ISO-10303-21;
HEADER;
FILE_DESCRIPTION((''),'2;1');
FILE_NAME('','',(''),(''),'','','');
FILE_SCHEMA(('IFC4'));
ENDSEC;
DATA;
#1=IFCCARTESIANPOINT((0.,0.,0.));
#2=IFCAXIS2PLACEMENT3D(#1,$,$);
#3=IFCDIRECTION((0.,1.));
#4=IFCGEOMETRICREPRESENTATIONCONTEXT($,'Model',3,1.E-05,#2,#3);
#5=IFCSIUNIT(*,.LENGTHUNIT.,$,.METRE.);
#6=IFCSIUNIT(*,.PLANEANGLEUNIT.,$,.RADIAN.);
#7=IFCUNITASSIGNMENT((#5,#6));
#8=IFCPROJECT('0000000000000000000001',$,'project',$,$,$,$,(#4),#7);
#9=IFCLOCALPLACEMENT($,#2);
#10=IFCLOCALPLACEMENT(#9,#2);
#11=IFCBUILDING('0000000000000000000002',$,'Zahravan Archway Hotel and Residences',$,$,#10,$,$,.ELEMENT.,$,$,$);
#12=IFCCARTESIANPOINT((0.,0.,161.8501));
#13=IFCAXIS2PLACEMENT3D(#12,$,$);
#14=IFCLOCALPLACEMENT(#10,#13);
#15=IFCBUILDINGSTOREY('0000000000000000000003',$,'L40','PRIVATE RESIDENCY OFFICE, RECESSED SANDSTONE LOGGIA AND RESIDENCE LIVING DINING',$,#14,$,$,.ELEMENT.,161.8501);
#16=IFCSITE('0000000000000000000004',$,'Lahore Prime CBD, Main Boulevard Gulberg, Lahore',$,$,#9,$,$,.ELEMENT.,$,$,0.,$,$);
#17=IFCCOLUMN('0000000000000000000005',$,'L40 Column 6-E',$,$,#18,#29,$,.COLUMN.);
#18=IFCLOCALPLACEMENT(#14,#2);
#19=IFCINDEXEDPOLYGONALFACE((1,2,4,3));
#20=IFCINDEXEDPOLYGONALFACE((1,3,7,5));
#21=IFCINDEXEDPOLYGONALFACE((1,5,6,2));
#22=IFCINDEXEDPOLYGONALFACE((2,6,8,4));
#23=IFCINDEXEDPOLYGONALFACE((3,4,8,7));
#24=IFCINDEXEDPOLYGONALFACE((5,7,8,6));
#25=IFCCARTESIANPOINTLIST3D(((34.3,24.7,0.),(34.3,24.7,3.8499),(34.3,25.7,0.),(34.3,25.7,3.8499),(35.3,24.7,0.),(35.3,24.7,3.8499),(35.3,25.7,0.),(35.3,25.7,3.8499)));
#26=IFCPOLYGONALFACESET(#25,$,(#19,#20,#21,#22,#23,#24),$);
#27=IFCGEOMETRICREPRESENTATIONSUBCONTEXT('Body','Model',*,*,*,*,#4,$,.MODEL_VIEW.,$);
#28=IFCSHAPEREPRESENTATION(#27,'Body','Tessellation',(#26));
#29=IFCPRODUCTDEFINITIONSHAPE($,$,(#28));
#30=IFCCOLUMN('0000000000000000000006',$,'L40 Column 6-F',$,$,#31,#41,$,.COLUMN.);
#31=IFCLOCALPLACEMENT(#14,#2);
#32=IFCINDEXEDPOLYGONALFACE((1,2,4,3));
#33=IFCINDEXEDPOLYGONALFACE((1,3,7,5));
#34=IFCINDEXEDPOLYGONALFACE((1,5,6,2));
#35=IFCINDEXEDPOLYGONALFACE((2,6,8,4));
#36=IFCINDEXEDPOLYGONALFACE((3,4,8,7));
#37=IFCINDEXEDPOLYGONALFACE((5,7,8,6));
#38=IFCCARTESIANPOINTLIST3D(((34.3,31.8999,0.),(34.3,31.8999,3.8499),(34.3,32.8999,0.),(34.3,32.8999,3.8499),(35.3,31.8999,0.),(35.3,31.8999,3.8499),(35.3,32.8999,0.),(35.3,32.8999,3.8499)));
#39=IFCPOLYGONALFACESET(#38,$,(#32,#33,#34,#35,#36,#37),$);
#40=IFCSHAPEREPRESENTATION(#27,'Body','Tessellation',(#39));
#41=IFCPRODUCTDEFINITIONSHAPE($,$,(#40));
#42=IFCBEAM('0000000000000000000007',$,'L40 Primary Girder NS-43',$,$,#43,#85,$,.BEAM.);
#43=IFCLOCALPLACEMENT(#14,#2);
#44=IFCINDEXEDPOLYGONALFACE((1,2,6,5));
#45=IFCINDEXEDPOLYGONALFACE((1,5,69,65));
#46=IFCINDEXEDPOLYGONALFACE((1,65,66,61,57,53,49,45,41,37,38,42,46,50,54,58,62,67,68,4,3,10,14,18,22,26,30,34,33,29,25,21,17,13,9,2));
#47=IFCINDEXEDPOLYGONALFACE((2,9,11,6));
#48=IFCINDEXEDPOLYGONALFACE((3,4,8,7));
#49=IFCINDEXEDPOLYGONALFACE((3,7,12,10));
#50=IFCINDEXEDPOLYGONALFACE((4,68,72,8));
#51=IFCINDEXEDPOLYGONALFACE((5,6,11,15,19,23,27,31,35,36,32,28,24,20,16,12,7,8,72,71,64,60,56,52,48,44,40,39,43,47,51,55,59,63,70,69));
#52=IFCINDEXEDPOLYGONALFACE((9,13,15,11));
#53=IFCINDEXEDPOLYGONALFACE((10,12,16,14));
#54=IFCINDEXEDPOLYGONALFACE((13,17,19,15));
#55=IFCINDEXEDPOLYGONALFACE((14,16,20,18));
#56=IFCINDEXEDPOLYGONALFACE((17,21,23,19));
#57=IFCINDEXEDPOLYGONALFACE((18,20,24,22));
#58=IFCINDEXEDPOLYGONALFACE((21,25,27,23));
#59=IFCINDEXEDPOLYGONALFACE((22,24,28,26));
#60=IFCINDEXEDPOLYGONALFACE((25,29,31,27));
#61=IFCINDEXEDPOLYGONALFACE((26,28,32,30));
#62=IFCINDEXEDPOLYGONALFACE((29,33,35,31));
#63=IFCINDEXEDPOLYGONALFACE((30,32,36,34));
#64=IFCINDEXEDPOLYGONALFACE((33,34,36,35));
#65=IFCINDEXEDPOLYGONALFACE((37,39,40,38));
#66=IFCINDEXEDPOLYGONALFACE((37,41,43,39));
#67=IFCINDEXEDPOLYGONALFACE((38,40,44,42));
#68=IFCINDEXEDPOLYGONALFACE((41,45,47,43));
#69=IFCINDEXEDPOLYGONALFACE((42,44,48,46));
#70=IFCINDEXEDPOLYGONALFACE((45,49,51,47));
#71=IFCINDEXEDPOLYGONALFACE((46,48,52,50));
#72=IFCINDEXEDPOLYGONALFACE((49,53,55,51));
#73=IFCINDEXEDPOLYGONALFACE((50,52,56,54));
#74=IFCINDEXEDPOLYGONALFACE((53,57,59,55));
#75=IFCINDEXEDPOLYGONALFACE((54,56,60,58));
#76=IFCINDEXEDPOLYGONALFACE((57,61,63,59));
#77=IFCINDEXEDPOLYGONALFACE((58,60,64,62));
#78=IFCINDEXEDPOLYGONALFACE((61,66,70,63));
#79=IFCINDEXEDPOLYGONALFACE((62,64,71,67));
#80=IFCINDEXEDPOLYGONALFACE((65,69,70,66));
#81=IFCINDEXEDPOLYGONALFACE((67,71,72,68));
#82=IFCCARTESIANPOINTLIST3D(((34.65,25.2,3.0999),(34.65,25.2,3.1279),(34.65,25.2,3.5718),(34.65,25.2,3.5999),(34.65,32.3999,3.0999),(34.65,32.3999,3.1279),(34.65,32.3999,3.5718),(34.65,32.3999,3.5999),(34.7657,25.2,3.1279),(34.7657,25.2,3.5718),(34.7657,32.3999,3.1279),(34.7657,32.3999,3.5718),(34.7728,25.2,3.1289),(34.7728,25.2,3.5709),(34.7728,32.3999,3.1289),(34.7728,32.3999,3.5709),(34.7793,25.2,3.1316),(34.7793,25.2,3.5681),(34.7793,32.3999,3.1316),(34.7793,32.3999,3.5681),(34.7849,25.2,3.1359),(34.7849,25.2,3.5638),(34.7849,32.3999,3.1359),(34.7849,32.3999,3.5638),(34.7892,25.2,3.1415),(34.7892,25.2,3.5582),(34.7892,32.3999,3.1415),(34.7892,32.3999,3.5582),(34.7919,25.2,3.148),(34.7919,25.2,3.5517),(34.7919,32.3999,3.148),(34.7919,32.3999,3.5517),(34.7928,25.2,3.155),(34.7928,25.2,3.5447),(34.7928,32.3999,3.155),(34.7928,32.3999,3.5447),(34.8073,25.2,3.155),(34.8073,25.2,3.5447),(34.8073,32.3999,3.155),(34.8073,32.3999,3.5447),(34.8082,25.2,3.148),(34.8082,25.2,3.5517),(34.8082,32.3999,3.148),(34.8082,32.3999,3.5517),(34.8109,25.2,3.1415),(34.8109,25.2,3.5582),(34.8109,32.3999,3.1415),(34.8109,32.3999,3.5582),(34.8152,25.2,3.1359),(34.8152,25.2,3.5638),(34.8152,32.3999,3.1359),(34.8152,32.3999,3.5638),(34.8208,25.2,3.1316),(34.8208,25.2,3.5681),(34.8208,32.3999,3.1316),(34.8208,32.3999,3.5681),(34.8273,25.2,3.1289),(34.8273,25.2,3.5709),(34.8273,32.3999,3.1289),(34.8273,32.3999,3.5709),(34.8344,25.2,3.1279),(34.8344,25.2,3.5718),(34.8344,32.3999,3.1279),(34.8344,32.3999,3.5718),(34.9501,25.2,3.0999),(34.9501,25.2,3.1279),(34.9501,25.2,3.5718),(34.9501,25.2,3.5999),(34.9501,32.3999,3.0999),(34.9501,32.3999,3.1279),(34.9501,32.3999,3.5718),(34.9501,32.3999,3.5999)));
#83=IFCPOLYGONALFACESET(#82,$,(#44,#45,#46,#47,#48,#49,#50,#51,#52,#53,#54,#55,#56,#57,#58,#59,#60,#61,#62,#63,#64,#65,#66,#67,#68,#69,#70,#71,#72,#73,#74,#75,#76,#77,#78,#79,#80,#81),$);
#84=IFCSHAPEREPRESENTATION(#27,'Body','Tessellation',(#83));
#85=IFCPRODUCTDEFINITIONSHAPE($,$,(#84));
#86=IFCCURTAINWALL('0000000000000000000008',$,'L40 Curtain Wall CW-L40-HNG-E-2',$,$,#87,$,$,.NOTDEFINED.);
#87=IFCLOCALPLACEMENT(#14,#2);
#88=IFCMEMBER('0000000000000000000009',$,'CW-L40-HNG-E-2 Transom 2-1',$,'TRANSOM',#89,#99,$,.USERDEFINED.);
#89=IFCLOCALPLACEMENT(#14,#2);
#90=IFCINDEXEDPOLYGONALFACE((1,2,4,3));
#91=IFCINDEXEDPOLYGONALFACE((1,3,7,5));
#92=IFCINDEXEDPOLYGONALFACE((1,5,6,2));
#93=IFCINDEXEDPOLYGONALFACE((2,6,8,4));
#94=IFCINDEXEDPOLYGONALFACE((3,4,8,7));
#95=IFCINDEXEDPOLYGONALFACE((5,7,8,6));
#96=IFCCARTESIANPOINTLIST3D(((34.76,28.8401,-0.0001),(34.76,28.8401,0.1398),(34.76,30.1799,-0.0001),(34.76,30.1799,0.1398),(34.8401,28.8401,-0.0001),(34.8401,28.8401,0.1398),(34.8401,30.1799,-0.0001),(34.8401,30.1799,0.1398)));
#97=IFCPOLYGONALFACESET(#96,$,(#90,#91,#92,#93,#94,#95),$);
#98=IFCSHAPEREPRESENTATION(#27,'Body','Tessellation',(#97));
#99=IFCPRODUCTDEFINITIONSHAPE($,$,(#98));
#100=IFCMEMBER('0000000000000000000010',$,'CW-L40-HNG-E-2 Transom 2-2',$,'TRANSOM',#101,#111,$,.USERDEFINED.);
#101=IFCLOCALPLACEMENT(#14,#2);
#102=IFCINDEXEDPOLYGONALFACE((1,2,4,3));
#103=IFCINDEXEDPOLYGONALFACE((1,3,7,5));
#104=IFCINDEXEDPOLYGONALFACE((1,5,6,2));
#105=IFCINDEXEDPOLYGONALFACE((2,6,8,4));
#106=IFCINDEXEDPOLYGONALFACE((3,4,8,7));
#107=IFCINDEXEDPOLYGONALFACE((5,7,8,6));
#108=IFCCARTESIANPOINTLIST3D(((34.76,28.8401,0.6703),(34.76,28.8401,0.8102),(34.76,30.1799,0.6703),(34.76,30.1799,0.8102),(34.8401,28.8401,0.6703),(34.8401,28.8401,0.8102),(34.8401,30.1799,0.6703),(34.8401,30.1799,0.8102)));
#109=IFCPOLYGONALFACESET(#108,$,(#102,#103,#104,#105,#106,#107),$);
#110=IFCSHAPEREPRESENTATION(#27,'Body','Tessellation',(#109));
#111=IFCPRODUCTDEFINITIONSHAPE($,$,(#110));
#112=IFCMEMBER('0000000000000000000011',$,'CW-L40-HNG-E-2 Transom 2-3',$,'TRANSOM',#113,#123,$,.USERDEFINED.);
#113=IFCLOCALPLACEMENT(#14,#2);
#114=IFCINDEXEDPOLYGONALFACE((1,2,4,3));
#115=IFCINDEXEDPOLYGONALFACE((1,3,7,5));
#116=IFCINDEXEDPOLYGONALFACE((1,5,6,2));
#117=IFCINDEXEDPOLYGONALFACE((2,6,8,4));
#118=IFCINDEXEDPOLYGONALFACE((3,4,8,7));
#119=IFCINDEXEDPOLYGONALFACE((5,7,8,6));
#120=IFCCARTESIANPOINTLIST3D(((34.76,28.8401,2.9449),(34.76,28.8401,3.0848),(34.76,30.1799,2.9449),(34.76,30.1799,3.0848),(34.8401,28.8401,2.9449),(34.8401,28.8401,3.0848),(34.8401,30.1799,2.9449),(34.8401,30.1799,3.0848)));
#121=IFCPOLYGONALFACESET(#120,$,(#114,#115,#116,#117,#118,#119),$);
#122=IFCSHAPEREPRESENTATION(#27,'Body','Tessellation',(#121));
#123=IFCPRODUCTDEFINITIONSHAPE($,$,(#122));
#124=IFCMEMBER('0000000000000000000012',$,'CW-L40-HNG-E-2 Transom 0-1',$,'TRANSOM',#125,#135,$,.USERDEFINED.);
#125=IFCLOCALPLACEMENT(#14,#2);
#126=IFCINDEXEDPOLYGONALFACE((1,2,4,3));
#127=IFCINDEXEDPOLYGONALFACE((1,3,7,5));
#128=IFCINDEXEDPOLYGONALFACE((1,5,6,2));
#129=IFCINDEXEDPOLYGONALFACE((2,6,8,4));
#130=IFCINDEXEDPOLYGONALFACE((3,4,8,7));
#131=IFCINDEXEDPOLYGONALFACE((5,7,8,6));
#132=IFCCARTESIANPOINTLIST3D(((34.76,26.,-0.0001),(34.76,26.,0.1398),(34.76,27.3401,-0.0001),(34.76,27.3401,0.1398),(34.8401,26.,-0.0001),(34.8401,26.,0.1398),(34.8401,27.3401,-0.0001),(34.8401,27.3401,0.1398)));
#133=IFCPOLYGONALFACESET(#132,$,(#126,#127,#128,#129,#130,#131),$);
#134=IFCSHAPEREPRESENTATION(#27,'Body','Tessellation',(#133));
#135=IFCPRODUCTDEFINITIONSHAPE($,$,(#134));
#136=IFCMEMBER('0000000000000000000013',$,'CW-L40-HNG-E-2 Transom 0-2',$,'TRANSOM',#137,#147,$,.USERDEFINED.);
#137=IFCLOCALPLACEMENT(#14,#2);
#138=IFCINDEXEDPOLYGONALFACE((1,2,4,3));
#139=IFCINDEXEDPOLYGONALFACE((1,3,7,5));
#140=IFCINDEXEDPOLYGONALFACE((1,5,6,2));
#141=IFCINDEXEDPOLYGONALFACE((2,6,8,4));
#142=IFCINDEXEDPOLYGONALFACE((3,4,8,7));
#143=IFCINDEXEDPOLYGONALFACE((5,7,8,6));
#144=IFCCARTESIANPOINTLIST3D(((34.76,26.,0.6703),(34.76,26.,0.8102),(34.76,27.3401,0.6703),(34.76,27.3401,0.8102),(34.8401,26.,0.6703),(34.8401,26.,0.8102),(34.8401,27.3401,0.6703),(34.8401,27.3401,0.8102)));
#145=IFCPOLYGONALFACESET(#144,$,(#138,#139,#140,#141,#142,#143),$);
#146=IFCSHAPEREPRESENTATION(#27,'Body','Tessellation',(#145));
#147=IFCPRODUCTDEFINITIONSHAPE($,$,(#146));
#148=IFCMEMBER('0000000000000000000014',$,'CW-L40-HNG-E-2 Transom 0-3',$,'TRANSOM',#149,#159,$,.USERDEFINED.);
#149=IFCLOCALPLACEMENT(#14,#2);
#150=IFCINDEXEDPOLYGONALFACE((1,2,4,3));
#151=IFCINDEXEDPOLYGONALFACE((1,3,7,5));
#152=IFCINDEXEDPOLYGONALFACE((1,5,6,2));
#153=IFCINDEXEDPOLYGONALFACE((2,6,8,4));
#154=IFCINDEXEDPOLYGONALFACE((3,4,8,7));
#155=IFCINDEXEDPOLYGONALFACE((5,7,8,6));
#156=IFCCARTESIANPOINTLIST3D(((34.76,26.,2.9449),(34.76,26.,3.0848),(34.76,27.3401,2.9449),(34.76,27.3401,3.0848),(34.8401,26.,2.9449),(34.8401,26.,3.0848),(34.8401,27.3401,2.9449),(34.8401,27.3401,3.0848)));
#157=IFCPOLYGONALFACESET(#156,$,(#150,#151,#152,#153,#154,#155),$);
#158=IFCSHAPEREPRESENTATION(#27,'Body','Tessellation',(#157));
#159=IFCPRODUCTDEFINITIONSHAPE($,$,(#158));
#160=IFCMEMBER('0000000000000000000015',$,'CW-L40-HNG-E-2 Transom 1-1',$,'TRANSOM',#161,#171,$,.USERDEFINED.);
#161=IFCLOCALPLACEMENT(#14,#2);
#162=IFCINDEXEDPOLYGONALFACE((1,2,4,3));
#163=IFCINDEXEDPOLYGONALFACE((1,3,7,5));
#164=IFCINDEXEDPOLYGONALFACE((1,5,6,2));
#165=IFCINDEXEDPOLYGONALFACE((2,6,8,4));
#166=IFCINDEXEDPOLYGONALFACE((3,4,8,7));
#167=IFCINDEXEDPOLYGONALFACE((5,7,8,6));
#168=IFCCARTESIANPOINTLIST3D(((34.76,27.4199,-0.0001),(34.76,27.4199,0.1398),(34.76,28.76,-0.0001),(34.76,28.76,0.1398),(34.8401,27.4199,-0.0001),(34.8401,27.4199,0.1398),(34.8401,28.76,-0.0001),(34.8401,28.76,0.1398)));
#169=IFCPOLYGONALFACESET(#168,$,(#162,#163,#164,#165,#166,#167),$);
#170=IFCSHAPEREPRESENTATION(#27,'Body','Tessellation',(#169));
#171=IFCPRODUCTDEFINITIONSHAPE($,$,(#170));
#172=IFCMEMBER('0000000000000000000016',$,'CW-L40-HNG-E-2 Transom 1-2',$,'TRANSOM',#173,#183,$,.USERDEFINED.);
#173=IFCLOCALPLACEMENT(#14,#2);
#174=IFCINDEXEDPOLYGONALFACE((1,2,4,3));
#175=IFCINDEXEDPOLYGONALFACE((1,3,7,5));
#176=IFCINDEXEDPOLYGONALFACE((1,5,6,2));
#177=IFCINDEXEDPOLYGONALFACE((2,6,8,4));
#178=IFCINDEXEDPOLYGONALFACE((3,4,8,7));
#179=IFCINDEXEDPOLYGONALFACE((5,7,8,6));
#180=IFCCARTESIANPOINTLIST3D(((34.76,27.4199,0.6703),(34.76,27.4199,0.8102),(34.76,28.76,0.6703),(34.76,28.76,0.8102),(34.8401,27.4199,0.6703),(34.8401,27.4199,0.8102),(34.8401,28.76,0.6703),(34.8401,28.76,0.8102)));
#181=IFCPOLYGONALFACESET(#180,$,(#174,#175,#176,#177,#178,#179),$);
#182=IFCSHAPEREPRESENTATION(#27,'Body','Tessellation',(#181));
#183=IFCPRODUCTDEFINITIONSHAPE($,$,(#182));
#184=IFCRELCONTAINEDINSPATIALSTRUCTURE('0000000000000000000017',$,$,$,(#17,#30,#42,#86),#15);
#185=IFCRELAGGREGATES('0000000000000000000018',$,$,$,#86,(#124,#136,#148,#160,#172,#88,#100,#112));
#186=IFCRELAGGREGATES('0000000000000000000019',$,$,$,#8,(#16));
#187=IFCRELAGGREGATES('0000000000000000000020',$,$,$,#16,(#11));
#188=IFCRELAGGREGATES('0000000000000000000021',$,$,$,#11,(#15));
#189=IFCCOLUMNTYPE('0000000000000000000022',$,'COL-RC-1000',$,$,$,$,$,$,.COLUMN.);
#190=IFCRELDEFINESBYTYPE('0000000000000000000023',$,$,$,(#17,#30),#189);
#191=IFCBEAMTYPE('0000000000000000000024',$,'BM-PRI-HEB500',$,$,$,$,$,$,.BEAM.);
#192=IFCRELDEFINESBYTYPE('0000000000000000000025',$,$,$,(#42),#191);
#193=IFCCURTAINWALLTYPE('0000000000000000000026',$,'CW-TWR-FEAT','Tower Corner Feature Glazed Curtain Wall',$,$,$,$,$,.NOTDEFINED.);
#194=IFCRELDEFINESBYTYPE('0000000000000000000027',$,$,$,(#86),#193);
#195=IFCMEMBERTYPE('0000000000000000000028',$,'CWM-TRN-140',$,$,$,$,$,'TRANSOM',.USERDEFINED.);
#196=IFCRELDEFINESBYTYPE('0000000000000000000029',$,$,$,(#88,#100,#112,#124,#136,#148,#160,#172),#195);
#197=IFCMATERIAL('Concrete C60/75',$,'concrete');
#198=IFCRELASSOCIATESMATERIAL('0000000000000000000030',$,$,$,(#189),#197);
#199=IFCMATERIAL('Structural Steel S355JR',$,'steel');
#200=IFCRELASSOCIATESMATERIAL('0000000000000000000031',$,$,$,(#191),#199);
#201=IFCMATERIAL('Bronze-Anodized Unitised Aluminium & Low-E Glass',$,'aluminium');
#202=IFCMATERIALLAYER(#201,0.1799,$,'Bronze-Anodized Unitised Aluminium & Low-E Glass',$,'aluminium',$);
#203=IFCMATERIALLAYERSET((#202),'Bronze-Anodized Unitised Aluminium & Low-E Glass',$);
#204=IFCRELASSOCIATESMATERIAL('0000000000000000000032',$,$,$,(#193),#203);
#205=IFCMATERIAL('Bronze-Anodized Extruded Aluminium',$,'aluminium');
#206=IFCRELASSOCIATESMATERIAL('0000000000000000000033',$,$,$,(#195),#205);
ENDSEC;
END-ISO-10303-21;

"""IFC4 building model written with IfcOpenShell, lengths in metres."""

from ifc_helpers import new_model, si_unit, direction, frame, origin, origin_2d, place, context, subcontext, project, spatial, rectangle, i_section, extrude, source, transform, mapped, material, layer, layer_set, material_profile, profile_set, type_object, element, aggregate, save


model = new_model("IFC4")

# Units and contexts
model_context = context("Model", 3, precision=1e-05, world=origin(), true_north=direction((0.0, 1.0)))
body_context = subcontext(model_context, "Body", "Model", "MODEL_VIEW")
ifc_project = project(units=[si_unit("LENGTHUNIT", "METRE"), si_unit("PLANEANGLEUNIT", "RADIAN")], contexts=[model_context])

# Site, building, storey
site_placement = place(None, origin())
site = spatial("IfcSite", under=ifc_project, at=site_placement, Name="Lahore Prime CBD, Main Boulevard Gulberg, Lahore", CompositionType="ELEMENT", RefElevation=0.0)
building_placement = place(site_placement, origin())
building = spatial("IfcBuilding", under=site, at=building_placement, Name="Zahravan Archway Hotel and Residences", CompositionType="ELEMENT")
storey_placement = place(building_placement, frame((0.0, 0.0, 161.8501)))
storey = spatial("IfcBuildingStorey", under=building, at=storey_placement, Name="L40", Description="PRIVATE RESIDENCY OFFICE, RECESSED SANDSTONE LOGGIA AND RESIDENCE LIVING DINING", CompositionType="ELEMENT", Elevation=161.8501)

# Columns
ifc_material_1 = material(Name="Concrete C60/75", Category="concrete")
ifc_material_profile_1 = material_profile(ifc_material_1, rectangle(XDim=1.0, YDim=1.0, at=origin_2d()), Name="RC-COL-1000x1000", Category="concrete")
ifc_profile_set_1 = profile_set([ifc_material_profile_1], Name="Concrete C60/75")
column_type = type_object("IfcColumnType", Name="COL-RC-1000", PredefinedType="COLUMN", material=ifc_profile_set_1)
shared_shape_1 = source(origin(), body_context, "Body", "SweptSolid", [
    extrude(rectangle(XDim=1.0, YDim=1.0, at=origin_2d()), origin(), (0.0, 0.0, 1.0), 3.8499),
])
for number, where, z_axis, x_axis, name in (
    (1, (34.8, 25.2, 0.0), (0.0, 0.0, 1.0), (1.0, 0.0, 0.0), "L40 Column 6-E"),
    (2, (34.8, 32.3999, 0.0), (0.0, 0.0, 1.0), (1.0, 0.0, 0.0), "L40 Column 6-F"),
):
    element("IfcColumn", number, at=place(storey_placement, frame(where, z_axis=z_axis, x_axis=x_axis)), inside=storey, type_object=column_type, Name=name, PredefinedType="COLUMN", context=body_context, shape_type="MappedRepresentation", body=[
        mapped(shared_shape_1, transform((0.0, 0.0, 0.0), scale=1.0)),
    ])

# Beam
ifc_material_2 = material(Name="Structural Steel S355JR", Category="steel")
ifc_material_profile_2 = material_profile(ifc_material_2, i_section(OverallWidth=0.3, OverallDepth=0.5, WebThickness=0.0144, FlangeThickness=0.0281, FilletRadius=0.0271, at=origin_2d()), Name="HEB 500", Category="steel")
ifc_profile_set_2 = profile_set([ifc_material_profile_2], Name="Structural Steel S355JR")
beam_type = type_object("IfcBeamType", Name="BM-PRI-HEB500", PredefinedType="BEAM", material=ifc_profile_set_2)
shared_shape_2 = source(origin(), body_context, "Body", "SweptSolid", [
    extrude(i_section(OverallWidth=0.3, OverallDepth=0.5, WebThickness=0.0144, FlangeThickness=0.0281, FilletRadius=0.0271, at=origin_2d()), origin(), (0.0, 0.0, 1.0), 7.2),
])
beam_placement = place(storey_placement, frame((34.8, 25.2, 3.3499), z_axis=(0.0, 1.0, 0.0), x_axis=(-1.0, 0.0, 0.0)))
element("IfcBeam", 3, at=beam_placement, inside=storey, type_object=beam_type, Name="L40 Primary Girder NS-43", PredefinedType="BEAM", context=body_context, shape_type="MappedRepresentation", body=[
    mapped(shared_shape_2, transform((0.0, 0.0, 0.0), scale=1.0)),
])

# Curtain wall, members
ifc_material_3 = material(Name="Bronze-Anodized Unitised Aluminium & Low-E Glass", Category="aluminium")
ifc_layer_1 = layer(ifc_material_3, 0.1799, Name="Bronze-Anodized Unitised Aluminium & Low-E Glass", Category="aluminium")
ifc_layer_set_1 = layer_set([ifc_layer_1], Name="Bronze-Anodized Unitised Aluminium & Low-E Glass")
curtain_wall_type = type_object("IfcCurtainWallType", Name="CW-TWR-FEAT", Description="Tower Corner Feature Glazed Curtain Wall", PredefinedType="NOTDEFINED", material=ifc_layer_set_1)
curtain_wall_1_placement = place(storey_placement, origin())
curtain_wall_1 = element("IfcCurtainWall", 4, at=curtain_wall_1_placement, inside=storey, type_object=curtain_wall_type, Name="L40 Curtain Wall CW-L40-HNG-E-2", PredefinedType="NOTDEFINED")
ifc_material_4 = material(Name="Bronze-Anodized Extruded Aluminium", Category="aluminium")
ifc_material_profile_3 = material_profile(ifc_material_4, rectangle(XDim=0.0801, YDim=0.1399, at=origin_2d()), Name="TRN 80x140", Category="aluminium")
ifc_profile_set_3 = profile_set([ifc_material_profile_3], Name="Bronze-Anodized Extruded Aluminium")
member_type_1 = type_object("IfcMemberType", Name="CWM-TRN-140", ElementType="TRANSOM", PredefinedType="USERDEFINED", material=ifc_profile_set_3)
shared_shape_3 = source(origin(), body_context, "Body", "SweptSolid", [
    extrude(rectangle(XDim=0.0801, YDim=0.1399, at=origin_2d()), origin(), (0.0, 0.0, 1.0), 1.3398),
])
member_1_placement = place(storey_placement, frame((34.8, 28.8401, 0.0698), z_axis=(0.0, 1.0, 0.0), x_axis=(-1.0, 0.0, 0.0)))
member_1 = element("IfcMember", 5, at=member_1_placement, type_object=member_type_1, Name="CW-L40-HNG-E-2 Transom 2-1", ObjectType="TRANSOM", PredefinedType="USERDEFINED", context=body_context, shape_type="MappedRepresentation", body=[
    mapped(shared_shape_3, transform((0.0, 0.0, 0.0), scale=1.0)),
])
member_2_placement = place(storey_placement, frame((34.8, 28.8401, 0.7402), z_axis=(0.0, 1.0, 0.0), x_axis=(-1.0, 0.0, 0.0)))
member_2 = element("IfcMember", 6, at=member_2_placement, type_object=member_type_1, Name="CW-L40-HNG-E-2 Transom 2-2", ObjectType="TRANSOM", PredefinedType="USERDEFINED", context=body_context, shape_type="MappedRepresentation", body=[
    mapped(shared_shape_3, transform((0.0, 0.0, 0.0), scale=1.0)),
])
member_3_placement = place(storey_placement, frame((34.8, 28.8401, 3.0149), z_axis=(0.0, 1.0, 0.0), x_axis=(-1.0, 0.0, 0.0)))
member_3 = element("IfcMember", 7, at=member_3_placement, type_object=member_type_1, Name="CW-L40-HNG-E-2 Transom 2-3", ObjectType="TRANSOM", PredefinedType="USERDEFINED", context=body_context, shape_type="MappedRepresentation", body=[
    mapped(shared_shape_3, transform((0.0, 0.0, 0.0), scale=1.0)),
])
shared_shape_4 = source(origin(), body_context, "Body", "SweptSolid", [
    extrude(rectangle(XDim=0.0801, YDim=0.1399, at=origin_2d()), origin(), (0.0, 0.0, 1.0), 1.3401),
])
member_4_placement = place(storey_placement, frame((34.8, 26.0, 0.0698), z_axis=(0.0, 1.0, 0.0), x_axis=(-1.0, 0.0, 0.0)))
member_4 = element("IfcMember", 8, at=member_4_placement, type_object=member_type_1, Name="CW-L40-HNG-E-2 Transom 0-1", ObjectType="TRANSOM", PredefinedType="USERDEFINED", context=body_context, shape_type="MappedRepresentation", body=[
    mapped(shared_shape_4, transform((0.0, 0.0, 0.0), scale=1.0)),
])
member_5_placement = place(storey_placement, frame((34.8, 26.0, 0.7402), z_axis=(0.0, 1.0, 0.0), x_axis=(-1.0, 0.0, 0.0)))
member_5 = element("IfcMember", 9, at=member_5_placement, type_object=member_type_1, Name="CW-L40-HNG-E-2 Transom 0-2", ObjectType="TRANSOM", PredefinedType="USERDEFINED", context=body_context, shape_type="MappedRepresentation", body=[
    mapped(shared_shape_4, transform((0.0, 0.0, 0.0), scale=1.0)),
])
member_6_placement = place(storey_placement, frame((34.8, 26.0, 3.0149), z_axis=(0.0, 1.0, 0.0), x_axis=(-1.0, 0.0, 0.0)))
member_6 = element("IfcMember", 10, at=member_6_placement, type_object=member_type_1, Name="CW-L40-HNG-E-2 Transom 0-3", ObjectType="TRANSOM", PredefinedType="USERDEFINED", context=body_context, shape_type="MappedRepresentation", body=[
    mapped(shared_shape_4, transform((0.0, 0.0, 0.0), scale=1.0)),
])
member_7_placement = place(storey_placement, frame((34.8, 27.4199, 0.0698), z_axis=(0.0, 1.0, 0.0), x_axis=(-1.0, 0.0, 0.0)))
member_7 = element("IfcMember", 11, at=member_7_placement, type_object=member_type_1, Name="CW-L40-HNG-E-2 Transom 1-1", ObjectType="TRANSOM", PredefinedType="USERDEFINED", context=body_context, shape_type="MappedRepresentation", body=[
    mapped(shared_shape_4, transform((0.0, 0.0, 0.0), scale=1.0)),
])
member_8_placement = place(storey_placement, frame((34.8, 27.4199, 0.7402), z_axis=(0.0, 1.0, 0.0), x_axis=(-1.0, 0.0, 0.0)))
member_8 = element("IfcMember", 12, at=member_8_placement, type_object=member_type_1, Name="CW-L40-HNG-E-2 Transom 1-2", ObjectType="TRANSOM", PredefinedType="USERDEFINED", context=body_context, shape_type="MappedRepresentation", body=[
    mapped(shared_shape_4, transform((0.0, 0.0, 0.0), scale=1.0)),
])

aggregate(curtain_wall_1, [member_4, member_5, member_6, member_7, member_8, member_1, member_2, member_3])

save(model, "model.ifc")
